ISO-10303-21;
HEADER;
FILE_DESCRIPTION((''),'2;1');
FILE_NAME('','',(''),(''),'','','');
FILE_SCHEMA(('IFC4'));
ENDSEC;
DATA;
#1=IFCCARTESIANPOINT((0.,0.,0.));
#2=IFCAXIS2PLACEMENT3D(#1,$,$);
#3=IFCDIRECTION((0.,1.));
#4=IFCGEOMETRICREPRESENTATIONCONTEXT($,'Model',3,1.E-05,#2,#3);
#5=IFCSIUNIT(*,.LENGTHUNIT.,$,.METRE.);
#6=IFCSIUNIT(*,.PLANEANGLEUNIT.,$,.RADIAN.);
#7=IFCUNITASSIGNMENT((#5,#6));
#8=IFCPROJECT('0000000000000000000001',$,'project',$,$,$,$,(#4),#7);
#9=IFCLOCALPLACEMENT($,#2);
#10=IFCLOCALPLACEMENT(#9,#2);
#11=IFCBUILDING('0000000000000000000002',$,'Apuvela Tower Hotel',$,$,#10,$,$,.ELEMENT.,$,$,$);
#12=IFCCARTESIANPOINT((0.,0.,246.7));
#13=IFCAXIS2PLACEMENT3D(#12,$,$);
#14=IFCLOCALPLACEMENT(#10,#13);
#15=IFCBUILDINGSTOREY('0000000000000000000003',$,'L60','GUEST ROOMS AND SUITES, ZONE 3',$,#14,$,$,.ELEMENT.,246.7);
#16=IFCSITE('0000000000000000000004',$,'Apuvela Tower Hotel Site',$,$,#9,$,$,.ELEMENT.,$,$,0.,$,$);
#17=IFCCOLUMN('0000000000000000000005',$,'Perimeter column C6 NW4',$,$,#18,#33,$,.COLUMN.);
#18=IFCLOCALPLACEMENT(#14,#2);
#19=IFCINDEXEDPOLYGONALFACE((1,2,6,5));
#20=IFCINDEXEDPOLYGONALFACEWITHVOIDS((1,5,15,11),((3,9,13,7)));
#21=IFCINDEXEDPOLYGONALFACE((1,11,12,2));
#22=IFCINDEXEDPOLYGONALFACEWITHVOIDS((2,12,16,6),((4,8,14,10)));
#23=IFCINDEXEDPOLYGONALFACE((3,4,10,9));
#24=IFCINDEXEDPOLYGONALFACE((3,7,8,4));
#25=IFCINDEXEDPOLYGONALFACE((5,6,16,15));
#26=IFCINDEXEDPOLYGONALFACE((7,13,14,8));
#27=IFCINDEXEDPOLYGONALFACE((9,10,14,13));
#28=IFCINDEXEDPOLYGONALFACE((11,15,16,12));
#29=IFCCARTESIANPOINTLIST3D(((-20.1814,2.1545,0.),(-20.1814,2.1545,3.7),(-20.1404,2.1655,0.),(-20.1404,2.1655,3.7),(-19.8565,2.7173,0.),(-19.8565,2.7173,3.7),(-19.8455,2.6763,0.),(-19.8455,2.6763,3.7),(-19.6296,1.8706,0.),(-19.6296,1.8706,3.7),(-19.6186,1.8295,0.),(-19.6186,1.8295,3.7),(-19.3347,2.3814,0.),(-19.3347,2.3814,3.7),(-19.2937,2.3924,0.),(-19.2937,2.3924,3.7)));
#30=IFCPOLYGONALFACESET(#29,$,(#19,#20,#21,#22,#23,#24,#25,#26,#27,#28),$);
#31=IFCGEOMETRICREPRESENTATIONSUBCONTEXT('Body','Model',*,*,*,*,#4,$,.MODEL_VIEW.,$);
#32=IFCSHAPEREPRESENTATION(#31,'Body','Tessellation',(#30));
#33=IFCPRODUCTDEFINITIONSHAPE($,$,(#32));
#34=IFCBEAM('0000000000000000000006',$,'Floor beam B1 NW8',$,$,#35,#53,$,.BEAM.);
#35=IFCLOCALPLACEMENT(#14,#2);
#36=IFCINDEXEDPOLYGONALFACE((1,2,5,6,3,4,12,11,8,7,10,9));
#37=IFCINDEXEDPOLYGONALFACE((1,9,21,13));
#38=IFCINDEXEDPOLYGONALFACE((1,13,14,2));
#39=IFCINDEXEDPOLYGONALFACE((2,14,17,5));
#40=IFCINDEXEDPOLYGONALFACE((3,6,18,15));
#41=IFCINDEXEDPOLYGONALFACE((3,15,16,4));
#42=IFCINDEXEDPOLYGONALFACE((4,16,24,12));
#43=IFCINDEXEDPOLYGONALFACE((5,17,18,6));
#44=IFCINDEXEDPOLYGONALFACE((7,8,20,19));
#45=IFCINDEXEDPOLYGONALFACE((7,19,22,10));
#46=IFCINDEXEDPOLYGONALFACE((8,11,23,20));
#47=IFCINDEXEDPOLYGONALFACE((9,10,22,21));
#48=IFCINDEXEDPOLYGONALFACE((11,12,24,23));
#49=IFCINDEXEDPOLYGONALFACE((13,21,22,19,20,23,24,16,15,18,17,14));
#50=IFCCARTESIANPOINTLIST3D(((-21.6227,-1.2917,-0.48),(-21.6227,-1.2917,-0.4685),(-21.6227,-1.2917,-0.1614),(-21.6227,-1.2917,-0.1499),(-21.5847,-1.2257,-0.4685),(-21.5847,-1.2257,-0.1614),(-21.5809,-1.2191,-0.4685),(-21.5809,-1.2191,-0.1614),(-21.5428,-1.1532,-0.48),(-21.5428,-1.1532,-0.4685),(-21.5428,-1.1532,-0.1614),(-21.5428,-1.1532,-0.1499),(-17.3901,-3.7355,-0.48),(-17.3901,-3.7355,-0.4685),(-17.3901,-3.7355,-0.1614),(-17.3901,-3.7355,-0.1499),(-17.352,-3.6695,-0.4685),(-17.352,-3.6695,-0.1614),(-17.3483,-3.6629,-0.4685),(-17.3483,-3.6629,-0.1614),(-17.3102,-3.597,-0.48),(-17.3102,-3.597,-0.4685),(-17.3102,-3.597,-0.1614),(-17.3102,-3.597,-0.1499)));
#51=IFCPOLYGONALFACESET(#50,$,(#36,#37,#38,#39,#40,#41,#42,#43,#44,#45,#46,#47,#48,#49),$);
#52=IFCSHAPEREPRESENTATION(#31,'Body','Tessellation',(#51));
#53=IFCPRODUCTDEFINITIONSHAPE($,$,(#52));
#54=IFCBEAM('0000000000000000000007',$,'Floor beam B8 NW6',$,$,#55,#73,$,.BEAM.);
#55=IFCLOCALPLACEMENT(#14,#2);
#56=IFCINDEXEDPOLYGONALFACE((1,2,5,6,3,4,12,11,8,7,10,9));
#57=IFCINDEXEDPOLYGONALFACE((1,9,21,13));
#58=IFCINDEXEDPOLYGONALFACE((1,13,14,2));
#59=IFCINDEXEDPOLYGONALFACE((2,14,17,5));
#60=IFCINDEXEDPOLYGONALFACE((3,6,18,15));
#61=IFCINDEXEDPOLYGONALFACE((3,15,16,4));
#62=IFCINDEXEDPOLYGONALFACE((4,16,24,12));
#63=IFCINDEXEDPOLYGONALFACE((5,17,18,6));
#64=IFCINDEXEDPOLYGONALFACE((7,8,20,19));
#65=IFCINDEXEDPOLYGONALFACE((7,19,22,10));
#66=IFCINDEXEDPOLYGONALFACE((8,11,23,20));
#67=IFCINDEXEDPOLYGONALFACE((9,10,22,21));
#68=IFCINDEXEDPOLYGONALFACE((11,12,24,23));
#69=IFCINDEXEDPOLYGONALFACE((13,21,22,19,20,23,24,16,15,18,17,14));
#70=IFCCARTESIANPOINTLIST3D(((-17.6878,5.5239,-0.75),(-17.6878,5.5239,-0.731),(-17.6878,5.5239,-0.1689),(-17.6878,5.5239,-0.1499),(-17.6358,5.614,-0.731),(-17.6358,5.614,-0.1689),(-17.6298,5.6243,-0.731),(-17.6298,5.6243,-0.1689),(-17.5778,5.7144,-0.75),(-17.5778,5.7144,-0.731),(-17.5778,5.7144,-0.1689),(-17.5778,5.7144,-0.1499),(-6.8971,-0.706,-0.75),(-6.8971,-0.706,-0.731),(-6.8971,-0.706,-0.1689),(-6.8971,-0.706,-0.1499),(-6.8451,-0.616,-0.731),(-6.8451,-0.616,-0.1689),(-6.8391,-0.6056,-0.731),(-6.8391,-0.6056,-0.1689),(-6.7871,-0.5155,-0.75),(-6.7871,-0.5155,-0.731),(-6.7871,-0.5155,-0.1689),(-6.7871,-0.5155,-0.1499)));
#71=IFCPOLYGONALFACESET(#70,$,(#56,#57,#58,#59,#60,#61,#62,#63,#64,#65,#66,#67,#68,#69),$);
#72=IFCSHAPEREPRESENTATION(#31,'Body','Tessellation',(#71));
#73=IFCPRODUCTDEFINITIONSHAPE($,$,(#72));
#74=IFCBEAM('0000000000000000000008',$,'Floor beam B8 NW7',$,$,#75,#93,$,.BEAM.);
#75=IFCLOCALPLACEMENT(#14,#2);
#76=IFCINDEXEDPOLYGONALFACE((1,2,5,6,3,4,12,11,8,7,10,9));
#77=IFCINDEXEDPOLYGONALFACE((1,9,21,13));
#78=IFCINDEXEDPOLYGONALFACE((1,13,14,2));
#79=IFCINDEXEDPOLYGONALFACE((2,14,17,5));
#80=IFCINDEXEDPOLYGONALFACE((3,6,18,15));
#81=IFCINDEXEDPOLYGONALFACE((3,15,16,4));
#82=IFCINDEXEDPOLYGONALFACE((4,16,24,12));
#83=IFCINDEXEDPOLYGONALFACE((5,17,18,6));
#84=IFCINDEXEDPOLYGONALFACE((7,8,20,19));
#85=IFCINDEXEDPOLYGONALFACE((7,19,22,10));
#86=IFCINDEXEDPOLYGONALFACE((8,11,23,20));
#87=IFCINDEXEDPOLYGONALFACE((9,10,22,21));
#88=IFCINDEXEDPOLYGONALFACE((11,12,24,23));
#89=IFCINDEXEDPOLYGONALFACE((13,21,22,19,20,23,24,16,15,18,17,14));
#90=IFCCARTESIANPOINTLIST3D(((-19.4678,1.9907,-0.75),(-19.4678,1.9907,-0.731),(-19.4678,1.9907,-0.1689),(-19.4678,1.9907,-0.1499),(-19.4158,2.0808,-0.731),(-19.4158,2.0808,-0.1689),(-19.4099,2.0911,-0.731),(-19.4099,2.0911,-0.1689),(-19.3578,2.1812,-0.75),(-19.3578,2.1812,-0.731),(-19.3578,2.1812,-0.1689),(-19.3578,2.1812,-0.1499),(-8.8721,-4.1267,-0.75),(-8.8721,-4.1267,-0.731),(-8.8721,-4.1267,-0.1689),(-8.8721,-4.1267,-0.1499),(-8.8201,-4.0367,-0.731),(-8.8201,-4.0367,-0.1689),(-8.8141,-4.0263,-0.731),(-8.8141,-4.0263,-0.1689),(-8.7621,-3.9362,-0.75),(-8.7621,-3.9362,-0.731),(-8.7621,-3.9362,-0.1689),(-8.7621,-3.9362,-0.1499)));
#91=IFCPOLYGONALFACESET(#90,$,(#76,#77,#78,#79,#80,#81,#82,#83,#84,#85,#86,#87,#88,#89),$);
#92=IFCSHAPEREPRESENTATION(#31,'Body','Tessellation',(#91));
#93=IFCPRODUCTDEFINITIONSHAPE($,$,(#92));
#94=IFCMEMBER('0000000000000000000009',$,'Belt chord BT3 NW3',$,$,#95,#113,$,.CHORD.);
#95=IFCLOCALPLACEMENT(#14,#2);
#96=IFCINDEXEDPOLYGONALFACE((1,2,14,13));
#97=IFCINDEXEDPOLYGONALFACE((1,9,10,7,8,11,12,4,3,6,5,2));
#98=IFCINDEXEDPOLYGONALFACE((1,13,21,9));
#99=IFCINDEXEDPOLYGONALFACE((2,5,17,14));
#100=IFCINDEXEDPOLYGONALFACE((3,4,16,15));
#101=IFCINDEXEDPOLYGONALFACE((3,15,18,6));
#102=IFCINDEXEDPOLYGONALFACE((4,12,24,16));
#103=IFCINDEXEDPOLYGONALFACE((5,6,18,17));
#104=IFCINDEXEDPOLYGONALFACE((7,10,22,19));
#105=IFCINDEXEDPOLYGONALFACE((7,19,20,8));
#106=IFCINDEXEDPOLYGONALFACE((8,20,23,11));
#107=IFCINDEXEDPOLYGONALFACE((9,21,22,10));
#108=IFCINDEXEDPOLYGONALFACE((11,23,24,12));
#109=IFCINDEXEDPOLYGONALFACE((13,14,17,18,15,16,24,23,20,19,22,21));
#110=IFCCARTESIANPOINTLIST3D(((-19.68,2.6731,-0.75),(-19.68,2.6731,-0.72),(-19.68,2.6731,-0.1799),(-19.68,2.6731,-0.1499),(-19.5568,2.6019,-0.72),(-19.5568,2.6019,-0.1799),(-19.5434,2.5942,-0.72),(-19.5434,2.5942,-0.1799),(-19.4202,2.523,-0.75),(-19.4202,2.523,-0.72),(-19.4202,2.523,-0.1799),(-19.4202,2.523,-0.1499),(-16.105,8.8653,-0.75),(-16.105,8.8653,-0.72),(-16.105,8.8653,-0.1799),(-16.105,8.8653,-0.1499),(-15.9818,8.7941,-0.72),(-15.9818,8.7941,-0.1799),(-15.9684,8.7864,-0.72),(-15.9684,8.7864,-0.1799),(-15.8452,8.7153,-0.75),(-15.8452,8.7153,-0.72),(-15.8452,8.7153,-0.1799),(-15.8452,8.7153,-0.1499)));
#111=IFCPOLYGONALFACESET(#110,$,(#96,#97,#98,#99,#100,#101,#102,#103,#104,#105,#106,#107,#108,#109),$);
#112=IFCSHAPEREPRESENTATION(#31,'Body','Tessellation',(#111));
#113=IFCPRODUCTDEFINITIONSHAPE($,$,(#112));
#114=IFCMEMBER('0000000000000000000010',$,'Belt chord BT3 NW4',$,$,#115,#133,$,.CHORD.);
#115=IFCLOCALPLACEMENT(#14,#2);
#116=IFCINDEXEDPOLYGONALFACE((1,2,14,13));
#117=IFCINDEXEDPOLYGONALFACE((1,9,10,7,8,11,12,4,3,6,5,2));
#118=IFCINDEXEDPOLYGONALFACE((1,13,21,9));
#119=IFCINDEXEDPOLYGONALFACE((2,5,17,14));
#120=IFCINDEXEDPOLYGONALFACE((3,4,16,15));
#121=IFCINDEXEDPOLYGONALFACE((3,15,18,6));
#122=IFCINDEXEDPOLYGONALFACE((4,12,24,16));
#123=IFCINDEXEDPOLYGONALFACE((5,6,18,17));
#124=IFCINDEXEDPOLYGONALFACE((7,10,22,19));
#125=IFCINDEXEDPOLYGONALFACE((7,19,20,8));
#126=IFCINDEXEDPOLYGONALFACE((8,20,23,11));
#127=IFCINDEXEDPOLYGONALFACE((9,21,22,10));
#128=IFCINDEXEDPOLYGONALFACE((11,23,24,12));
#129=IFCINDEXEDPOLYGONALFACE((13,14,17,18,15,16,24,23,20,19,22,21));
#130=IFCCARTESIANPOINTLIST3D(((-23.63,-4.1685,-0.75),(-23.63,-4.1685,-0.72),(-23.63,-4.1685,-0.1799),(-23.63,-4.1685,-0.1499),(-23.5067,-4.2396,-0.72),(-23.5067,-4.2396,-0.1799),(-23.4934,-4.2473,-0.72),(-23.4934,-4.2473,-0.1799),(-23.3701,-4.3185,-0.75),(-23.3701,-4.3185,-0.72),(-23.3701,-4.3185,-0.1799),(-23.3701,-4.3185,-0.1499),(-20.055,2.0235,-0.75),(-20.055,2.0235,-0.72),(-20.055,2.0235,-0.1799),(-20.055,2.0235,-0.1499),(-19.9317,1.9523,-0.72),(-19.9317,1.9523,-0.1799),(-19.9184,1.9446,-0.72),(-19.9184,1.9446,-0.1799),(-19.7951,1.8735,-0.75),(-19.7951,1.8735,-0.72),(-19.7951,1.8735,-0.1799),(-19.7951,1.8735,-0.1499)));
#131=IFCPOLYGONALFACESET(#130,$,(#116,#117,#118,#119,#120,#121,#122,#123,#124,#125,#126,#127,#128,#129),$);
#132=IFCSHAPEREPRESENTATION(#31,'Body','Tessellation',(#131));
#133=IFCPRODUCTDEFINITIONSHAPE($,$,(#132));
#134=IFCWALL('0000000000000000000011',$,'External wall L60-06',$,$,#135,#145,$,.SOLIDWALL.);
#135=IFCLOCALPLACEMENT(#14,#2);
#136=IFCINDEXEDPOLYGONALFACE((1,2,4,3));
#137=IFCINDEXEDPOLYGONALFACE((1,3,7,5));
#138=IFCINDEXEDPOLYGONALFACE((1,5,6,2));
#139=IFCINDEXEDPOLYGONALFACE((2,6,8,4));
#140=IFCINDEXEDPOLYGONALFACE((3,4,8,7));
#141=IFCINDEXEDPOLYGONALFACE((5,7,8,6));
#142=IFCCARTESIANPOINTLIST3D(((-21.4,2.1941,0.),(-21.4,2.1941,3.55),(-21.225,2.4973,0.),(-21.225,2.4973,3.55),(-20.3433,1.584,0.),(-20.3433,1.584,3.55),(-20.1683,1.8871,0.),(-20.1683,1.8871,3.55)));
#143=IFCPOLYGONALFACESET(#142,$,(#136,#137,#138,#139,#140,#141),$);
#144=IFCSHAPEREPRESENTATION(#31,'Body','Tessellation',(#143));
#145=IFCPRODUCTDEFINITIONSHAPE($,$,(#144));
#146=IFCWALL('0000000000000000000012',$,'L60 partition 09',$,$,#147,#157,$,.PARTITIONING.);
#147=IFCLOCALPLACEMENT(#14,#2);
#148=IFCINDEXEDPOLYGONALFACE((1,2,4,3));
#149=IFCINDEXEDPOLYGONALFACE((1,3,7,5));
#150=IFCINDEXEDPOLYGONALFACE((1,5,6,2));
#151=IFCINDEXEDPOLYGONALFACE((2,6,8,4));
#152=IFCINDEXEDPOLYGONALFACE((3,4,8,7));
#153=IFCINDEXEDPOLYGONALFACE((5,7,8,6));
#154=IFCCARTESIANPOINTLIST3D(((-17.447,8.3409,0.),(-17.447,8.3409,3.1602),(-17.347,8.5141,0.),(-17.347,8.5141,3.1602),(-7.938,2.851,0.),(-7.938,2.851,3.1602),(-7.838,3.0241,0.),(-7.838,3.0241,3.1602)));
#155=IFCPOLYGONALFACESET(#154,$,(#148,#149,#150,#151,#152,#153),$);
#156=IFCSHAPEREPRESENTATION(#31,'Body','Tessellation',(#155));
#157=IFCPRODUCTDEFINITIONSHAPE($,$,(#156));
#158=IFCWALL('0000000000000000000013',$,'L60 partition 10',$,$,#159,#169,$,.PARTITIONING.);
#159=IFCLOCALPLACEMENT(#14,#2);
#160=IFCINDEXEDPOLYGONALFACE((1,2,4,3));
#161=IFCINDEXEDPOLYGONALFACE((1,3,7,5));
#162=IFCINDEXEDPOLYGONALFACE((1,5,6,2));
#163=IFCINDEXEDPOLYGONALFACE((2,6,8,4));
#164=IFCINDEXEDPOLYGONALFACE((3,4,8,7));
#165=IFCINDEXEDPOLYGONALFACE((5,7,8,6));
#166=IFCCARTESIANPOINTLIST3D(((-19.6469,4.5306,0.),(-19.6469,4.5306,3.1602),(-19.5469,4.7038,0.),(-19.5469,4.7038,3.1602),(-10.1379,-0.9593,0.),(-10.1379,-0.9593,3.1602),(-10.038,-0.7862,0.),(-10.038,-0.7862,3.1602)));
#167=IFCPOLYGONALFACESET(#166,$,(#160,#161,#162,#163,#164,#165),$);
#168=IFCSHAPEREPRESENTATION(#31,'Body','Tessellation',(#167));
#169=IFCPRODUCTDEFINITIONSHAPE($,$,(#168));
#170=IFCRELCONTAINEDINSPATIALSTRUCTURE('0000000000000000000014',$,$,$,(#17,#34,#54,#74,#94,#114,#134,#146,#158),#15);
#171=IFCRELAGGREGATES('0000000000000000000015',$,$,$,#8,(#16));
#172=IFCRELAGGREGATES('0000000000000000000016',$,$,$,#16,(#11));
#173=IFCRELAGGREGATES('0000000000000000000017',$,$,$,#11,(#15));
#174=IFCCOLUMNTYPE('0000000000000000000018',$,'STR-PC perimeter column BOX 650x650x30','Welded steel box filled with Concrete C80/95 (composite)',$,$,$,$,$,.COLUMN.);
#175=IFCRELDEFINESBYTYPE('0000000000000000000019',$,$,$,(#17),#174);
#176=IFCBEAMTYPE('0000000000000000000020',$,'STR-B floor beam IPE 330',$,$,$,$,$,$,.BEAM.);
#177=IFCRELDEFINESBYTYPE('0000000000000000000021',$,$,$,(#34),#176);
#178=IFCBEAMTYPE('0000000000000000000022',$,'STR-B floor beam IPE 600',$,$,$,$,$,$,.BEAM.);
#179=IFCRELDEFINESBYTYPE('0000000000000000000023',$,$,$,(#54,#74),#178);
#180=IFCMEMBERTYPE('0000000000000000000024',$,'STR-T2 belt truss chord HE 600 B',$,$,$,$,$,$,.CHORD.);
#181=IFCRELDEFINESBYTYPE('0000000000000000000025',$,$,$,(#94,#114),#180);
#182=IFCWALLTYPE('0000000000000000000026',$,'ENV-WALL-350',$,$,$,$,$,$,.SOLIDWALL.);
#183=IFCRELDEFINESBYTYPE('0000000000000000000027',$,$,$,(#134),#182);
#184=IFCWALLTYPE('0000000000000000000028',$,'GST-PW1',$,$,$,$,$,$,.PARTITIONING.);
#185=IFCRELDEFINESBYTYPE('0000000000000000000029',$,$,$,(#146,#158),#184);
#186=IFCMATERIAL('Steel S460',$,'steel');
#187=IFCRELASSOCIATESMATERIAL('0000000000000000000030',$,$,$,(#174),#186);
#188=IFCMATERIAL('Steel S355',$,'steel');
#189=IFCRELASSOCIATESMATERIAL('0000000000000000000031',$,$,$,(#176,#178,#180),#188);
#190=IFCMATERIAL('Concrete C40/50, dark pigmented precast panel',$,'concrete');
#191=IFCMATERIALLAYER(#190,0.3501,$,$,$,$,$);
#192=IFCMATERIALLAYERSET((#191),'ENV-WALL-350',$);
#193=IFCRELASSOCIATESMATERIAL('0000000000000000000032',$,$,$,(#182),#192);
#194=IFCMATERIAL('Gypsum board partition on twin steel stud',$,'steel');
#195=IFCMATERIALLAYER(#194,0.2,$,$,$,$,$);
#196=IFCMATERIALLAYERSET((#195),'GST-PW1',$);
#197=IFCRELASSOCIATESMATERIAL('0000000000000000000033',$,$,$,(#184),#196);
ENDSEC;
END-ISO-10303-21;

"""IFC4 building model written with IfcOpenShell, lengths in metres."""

from ifc_helpers import new_model, si_unit, direction, frame, frame_2d, origin, origin_2d, place, context, subcontext, project, spatial, rectangle, hollow_rectangle, i_section, extrude, material, layer, layer_set, material_profile, profile_set, type_object, element, save


model = new_model("IFC4")

# Units and contexts
model_context = context("Model", 3, precision=1e-05, world=origin(), true_north=direction((0.0, 1.0)))
body_context = subcontext(model_context, "Body", "Model", "MODEL_VIEW")
ifc_project = project(units=[si_unit("LENGTHUNIT", "METRE"), si_unit("PLANEANGLEUNIT", "RADIAN")], contexts=[model_context])

# Site, building, storey
site_placement = place(None, origin())
site = spatial("IfcSite", under=ifc_project, at=site_placement, Name="Apuvela Tower Hotel Site", CompositionType="ELEMENT", RefElevation=0.0)
building_placement = place(site_placement, origin())
building = spatial("IfcBuilding", under=site, at=building_placement, Name="Apuvela Tower Hotel", CompositionType="ELEMENT")
storey_placement = place(building_placement, frame((0.0, 0.0, 246.7)))
storey = spatial("IfcBuildingStorey", under=building, at=storey_placement, Name="L60", Description="GUEST ROOMS AND SUITES, ZONE 3", CompositionType="ELEMENT", Elevation=246.7)

# Column
ifc_material_1 = material(Name="Steel S460", Category="steel")
ifc_material_profile_1 = material_profile(ifc_material_1, hollow_rectangle(XDim=0.6499, YDim=0.6499, WallThickness=0.03, at=origin_2d()), Name="BOX 650x650x30")
ifc_material_2 = material(Name="Concrete C80/95", Category="concrete")
ifc_material_profile_2 = material_profile(ifc_material_2, rectangle(XDim=0.5901, YDim=0.5901, at=origin_2d()), Name="Concrete C80/95 infill")
ifc_profile_set_1 = profile_set([ifc_material_profile_1, ifc_material_profile_2], Name="Steel S460")
column_type = type_object("IfcColumnType", Name="STR-PC perimeter column BOX 650x650x30", Description="Welded steel box filled with Concrete C80/95 (composite)", PredefinedType="COLUMN", material=ifc_profile_set_1)
column_placement = place(storey_placement, frame((-19.7375, 2.2734, 0.0), z_axis=(0.0, 0.0, 1.0), x_axis=(0.5, 0.866025, 0.0)))
element("IfcColumn", 1, at=column_placement, inside=storey, type_object=column_type, Name="Perimeter column C6 NW4", PredefinedType="COLUMN", context=body_context, shape_type="SweptSolid", body=[
    extrude(hollow_rectangle(XDim=0.6499, YDim=0.6499, WallThickness=0.03, at=origin_2d()), origin(), (0.0, 0.0, 1.0), 3.7),
])

# Beams
ifc_material_3 = material(Name="Steel S355", Category="steel")
ifc_material_profile_3 = material_profile(ifc_material_3, i_section(OverallWidth=0.1599, OverallDepth=0.3301, WebThickness=0.0076, FlangeThickness=0.0115, at=origin_2d()), Name="IPE 330")
ifc_profile_set_2 = profile_set([ifc_material_profile_3], Name="Steel S355")
beam_type_1 = type_object("IfcBeamType", Name="STR-B floor beam IPE 330", PredefinedType="BEAM", material=ifc_profile_set_2)
beam_1_placement = place(storey_placement, frame((-21.5828, -1.2224, -0.3149), z_axis=(0.866015, -0.500018, 0.0), x_axis=(0.500018, 0.866015, 0.0)))
element("IfcBeam", 2, at=beam_1_placement, inside=storey, type_object=beam_type_1, Name="Floor beam B1 NW8", PredefinedType="BEAM", context=body_context, shape_type="SweptSolid", body=[
    extrude(i_section(OverallWidth=0.1599, OverallDepth=0.3301, WebThickness=0.0076, FlangeThickness=0.0115, at=origin_2d()), origin(), (0.0, 0.0, 1.0), 4.8875),
])
ifc_material_profile_4 = material_profile(ifc_material_3, i_section(OverallWidth=0.22, OverallDepth=0.6001, WebThickness=0.012, FlangeThickness=0.019, at=origin_2d()), Name="IPE 600")
ifc_profile_set_3 = profile_set([ifc_material_profile_4], Name="Steel S355")
beam_type_2 = type_object("IfcBeamType", Name="STR-B floor beam IPE 600", PredefinedType="BEAM", material=ifc_profile_set_3)
beam_2_placement = place(storey_placement, frame((-17.6328, 5.6191, -0.45), z_axis=(0.866028, -0.499996, 0.0), x_axis=(0.499996, 0.866028, 0.0)))
element("IfcBeam", 3, at=beam_2_placement, inside=storey, type_object=beam_type_2, Name="Floor beam B8 NW6", PredefinedType="BEAM", context=body_context, shape_type="SweptSolid", body=[
    extrude(i_section(OverallWidth=0.22, OverallDepth=0.6001, WebThickness=0.012, FlangeThickness=0.019, at=origin_2d()), origin(), (0.0, 0.0, 1.0), 12.46),
])
beam_3_placement = place(storey_placement, frame((-19.4128, 2.0859, -0.45), z_axis=(0.866025, -0.5, 0.0), x_axis=(0.5, 0.866025, 0.0)))
element("IfcBeam", 4, at=beam_3_placement, inside=storey, type_object=beam_type_2, Name="Floor beam B8 NW7", PredefinedType="BEAM", context=body_context, shape_type="SweptSolid", body=[
    extrude(i_section(OverallWidth=0.22, OverallDepth=0.6001, WebThickness=0.012, FlangeThickness=0.019, at=origin_2d()), origin(), (0.0, 0.0, 1.0), 12.2349),
])

# Members
ifc_material_profile_5 = material_profile(ifc_material_3, i_section(OverallWidth=0.3, OverallDepth=0.6001, WebThickness=0.0154, FlangeThickness=0.03, at=origin_2d()), Name="HE 600 B")
ifc_profile_set_4 = profile_set([ifc_material_profile_5], Name="Steel S355")
member_type = type_object("IfcMemberType", Name="STR-T2 belt truss chord HE 600 B", PredefinedType="CHORD", material=ifc_profile_set_4)
member_1_placement = place(storey_placement, frame((-15.9751, 8.7903, -0.45), z_axis=(-0.499991, -0.86603, 0.0), x_axis=(0.86603, -0.499991, 0.0)))
element("IfcMember", 5, at=member_1_placement, inside=storey, type_object=member_type, Name="Belt chord BT3 NW3", PredefinedType="CHORD", context=body_context, shape_type="SweptSolid", body=[
    extrude(i_section(OverallWidth=0.3, OverallDepth=0.6001, WebThickness=0.0154, FlangeThickness=0.03, at=origin_2d()), origin(), (0.0, 0.0, 1.0), 7.1501),
])
member_2_placement = place(storey_placement, frame((-19.925, 1.9485, -0.45), z_axis=(-0.500006, -0.866022, 0.0), x_axis=(0.866022, -0.500006, 0.0)))
element("IfcMember", 6, at=member_2_placement, inside=storey, type_object=member_type, Name="Belt chord BT3 NW4", PredefinedType="CHORD", context=body_context, shape_type="SweptSolid", body=[
    extrude(i_section(OverallWidth=0.3, OverallDepth=0.6001, WebThickness=0.0154, FlangeThickness=0.03, at=origin_2d()), origin(), (0.0, 0.0, 1.0), 7.1499),
])

# Shared definitions
ifc_material_4 = material(Name="Concrete C40/50, dark pigmented precast panel", Category="concrete")
ifc_layer_1 = layer(ifc_material_4, 0.3501)
ifc_layer_set_1 = layer_set([ifc_layer_1], Name="ENV-WALL-350")
wall_type_1 = type_object("IfcWallType", Name="ENV-WALL-350", PredefinedType="SOLIDWALL", material=ifc_layer_set_1)

# Wall
wall_1_placement = place(storey_placement, frame((-21.3125, 2.3457, 0.0), z_axis=(0.0, 0.0, 1.0), x_axis=(0.866006, -0.500034, 0.0)))
element("IfcWall", 7, at=wall_1_placement, inside=storey, type_object=wall_type_1, Name="External wall L60-06", PredefinedType="SOLIDWALL", context=body_context, shape_type="SweptSolid", body=[
    extrude(rectangle(XDim=1.2202, YDim=0.3501, at=frame_2d((0.6101, 0.0))), origin(), (0.0, 0.0, 1.0), 3.55),
])

# Walls
ifc_material_5 = material(Name="Gypsum board partition on twin steel stud", Category="steel")
ifc_layer_2 = layer(ifc_material_5, 0.2)
ifc_layer_set_2 = layer_set([ifc_layer_2], Name="GST-PW1")
wall_type_2 = type_object("IfcWallType", Name="GST-PW1", PredefinedType="PARTITIONING", material=ifc_layer_set_2)
for number, where, z_axis, x_axis, name in (
    (8, (-17.397, 8.4275, 0.0), (0.0, 0.0, 1.0), (0.866027, -0.499996, 0.0), "L60 partition 09"),
    (9, (-19.5969, 4.6172, 0.0), (0.0, 0.0, 1.0), (0.866027, -0.499996, 0.0), "L60 partition 10"),
):
    element("IfcWall", number, at=place(storey_placement, frame(where, z_axis=z_axis, x_axis=x_axis)), inside=storey, type_object=wall_type_2, Name=name, PredefinedType="PARTITIONING", context=body_context, shape_type="SweptSolid", body=[
        extrude(rectangle(XDim=10.98, YDim=0.2, at=frame_2d((5.49, 0.0))), origin(), (0.0, 0.0, 1.0), 3.1602),
    ])

save(model, "model.ifc")
